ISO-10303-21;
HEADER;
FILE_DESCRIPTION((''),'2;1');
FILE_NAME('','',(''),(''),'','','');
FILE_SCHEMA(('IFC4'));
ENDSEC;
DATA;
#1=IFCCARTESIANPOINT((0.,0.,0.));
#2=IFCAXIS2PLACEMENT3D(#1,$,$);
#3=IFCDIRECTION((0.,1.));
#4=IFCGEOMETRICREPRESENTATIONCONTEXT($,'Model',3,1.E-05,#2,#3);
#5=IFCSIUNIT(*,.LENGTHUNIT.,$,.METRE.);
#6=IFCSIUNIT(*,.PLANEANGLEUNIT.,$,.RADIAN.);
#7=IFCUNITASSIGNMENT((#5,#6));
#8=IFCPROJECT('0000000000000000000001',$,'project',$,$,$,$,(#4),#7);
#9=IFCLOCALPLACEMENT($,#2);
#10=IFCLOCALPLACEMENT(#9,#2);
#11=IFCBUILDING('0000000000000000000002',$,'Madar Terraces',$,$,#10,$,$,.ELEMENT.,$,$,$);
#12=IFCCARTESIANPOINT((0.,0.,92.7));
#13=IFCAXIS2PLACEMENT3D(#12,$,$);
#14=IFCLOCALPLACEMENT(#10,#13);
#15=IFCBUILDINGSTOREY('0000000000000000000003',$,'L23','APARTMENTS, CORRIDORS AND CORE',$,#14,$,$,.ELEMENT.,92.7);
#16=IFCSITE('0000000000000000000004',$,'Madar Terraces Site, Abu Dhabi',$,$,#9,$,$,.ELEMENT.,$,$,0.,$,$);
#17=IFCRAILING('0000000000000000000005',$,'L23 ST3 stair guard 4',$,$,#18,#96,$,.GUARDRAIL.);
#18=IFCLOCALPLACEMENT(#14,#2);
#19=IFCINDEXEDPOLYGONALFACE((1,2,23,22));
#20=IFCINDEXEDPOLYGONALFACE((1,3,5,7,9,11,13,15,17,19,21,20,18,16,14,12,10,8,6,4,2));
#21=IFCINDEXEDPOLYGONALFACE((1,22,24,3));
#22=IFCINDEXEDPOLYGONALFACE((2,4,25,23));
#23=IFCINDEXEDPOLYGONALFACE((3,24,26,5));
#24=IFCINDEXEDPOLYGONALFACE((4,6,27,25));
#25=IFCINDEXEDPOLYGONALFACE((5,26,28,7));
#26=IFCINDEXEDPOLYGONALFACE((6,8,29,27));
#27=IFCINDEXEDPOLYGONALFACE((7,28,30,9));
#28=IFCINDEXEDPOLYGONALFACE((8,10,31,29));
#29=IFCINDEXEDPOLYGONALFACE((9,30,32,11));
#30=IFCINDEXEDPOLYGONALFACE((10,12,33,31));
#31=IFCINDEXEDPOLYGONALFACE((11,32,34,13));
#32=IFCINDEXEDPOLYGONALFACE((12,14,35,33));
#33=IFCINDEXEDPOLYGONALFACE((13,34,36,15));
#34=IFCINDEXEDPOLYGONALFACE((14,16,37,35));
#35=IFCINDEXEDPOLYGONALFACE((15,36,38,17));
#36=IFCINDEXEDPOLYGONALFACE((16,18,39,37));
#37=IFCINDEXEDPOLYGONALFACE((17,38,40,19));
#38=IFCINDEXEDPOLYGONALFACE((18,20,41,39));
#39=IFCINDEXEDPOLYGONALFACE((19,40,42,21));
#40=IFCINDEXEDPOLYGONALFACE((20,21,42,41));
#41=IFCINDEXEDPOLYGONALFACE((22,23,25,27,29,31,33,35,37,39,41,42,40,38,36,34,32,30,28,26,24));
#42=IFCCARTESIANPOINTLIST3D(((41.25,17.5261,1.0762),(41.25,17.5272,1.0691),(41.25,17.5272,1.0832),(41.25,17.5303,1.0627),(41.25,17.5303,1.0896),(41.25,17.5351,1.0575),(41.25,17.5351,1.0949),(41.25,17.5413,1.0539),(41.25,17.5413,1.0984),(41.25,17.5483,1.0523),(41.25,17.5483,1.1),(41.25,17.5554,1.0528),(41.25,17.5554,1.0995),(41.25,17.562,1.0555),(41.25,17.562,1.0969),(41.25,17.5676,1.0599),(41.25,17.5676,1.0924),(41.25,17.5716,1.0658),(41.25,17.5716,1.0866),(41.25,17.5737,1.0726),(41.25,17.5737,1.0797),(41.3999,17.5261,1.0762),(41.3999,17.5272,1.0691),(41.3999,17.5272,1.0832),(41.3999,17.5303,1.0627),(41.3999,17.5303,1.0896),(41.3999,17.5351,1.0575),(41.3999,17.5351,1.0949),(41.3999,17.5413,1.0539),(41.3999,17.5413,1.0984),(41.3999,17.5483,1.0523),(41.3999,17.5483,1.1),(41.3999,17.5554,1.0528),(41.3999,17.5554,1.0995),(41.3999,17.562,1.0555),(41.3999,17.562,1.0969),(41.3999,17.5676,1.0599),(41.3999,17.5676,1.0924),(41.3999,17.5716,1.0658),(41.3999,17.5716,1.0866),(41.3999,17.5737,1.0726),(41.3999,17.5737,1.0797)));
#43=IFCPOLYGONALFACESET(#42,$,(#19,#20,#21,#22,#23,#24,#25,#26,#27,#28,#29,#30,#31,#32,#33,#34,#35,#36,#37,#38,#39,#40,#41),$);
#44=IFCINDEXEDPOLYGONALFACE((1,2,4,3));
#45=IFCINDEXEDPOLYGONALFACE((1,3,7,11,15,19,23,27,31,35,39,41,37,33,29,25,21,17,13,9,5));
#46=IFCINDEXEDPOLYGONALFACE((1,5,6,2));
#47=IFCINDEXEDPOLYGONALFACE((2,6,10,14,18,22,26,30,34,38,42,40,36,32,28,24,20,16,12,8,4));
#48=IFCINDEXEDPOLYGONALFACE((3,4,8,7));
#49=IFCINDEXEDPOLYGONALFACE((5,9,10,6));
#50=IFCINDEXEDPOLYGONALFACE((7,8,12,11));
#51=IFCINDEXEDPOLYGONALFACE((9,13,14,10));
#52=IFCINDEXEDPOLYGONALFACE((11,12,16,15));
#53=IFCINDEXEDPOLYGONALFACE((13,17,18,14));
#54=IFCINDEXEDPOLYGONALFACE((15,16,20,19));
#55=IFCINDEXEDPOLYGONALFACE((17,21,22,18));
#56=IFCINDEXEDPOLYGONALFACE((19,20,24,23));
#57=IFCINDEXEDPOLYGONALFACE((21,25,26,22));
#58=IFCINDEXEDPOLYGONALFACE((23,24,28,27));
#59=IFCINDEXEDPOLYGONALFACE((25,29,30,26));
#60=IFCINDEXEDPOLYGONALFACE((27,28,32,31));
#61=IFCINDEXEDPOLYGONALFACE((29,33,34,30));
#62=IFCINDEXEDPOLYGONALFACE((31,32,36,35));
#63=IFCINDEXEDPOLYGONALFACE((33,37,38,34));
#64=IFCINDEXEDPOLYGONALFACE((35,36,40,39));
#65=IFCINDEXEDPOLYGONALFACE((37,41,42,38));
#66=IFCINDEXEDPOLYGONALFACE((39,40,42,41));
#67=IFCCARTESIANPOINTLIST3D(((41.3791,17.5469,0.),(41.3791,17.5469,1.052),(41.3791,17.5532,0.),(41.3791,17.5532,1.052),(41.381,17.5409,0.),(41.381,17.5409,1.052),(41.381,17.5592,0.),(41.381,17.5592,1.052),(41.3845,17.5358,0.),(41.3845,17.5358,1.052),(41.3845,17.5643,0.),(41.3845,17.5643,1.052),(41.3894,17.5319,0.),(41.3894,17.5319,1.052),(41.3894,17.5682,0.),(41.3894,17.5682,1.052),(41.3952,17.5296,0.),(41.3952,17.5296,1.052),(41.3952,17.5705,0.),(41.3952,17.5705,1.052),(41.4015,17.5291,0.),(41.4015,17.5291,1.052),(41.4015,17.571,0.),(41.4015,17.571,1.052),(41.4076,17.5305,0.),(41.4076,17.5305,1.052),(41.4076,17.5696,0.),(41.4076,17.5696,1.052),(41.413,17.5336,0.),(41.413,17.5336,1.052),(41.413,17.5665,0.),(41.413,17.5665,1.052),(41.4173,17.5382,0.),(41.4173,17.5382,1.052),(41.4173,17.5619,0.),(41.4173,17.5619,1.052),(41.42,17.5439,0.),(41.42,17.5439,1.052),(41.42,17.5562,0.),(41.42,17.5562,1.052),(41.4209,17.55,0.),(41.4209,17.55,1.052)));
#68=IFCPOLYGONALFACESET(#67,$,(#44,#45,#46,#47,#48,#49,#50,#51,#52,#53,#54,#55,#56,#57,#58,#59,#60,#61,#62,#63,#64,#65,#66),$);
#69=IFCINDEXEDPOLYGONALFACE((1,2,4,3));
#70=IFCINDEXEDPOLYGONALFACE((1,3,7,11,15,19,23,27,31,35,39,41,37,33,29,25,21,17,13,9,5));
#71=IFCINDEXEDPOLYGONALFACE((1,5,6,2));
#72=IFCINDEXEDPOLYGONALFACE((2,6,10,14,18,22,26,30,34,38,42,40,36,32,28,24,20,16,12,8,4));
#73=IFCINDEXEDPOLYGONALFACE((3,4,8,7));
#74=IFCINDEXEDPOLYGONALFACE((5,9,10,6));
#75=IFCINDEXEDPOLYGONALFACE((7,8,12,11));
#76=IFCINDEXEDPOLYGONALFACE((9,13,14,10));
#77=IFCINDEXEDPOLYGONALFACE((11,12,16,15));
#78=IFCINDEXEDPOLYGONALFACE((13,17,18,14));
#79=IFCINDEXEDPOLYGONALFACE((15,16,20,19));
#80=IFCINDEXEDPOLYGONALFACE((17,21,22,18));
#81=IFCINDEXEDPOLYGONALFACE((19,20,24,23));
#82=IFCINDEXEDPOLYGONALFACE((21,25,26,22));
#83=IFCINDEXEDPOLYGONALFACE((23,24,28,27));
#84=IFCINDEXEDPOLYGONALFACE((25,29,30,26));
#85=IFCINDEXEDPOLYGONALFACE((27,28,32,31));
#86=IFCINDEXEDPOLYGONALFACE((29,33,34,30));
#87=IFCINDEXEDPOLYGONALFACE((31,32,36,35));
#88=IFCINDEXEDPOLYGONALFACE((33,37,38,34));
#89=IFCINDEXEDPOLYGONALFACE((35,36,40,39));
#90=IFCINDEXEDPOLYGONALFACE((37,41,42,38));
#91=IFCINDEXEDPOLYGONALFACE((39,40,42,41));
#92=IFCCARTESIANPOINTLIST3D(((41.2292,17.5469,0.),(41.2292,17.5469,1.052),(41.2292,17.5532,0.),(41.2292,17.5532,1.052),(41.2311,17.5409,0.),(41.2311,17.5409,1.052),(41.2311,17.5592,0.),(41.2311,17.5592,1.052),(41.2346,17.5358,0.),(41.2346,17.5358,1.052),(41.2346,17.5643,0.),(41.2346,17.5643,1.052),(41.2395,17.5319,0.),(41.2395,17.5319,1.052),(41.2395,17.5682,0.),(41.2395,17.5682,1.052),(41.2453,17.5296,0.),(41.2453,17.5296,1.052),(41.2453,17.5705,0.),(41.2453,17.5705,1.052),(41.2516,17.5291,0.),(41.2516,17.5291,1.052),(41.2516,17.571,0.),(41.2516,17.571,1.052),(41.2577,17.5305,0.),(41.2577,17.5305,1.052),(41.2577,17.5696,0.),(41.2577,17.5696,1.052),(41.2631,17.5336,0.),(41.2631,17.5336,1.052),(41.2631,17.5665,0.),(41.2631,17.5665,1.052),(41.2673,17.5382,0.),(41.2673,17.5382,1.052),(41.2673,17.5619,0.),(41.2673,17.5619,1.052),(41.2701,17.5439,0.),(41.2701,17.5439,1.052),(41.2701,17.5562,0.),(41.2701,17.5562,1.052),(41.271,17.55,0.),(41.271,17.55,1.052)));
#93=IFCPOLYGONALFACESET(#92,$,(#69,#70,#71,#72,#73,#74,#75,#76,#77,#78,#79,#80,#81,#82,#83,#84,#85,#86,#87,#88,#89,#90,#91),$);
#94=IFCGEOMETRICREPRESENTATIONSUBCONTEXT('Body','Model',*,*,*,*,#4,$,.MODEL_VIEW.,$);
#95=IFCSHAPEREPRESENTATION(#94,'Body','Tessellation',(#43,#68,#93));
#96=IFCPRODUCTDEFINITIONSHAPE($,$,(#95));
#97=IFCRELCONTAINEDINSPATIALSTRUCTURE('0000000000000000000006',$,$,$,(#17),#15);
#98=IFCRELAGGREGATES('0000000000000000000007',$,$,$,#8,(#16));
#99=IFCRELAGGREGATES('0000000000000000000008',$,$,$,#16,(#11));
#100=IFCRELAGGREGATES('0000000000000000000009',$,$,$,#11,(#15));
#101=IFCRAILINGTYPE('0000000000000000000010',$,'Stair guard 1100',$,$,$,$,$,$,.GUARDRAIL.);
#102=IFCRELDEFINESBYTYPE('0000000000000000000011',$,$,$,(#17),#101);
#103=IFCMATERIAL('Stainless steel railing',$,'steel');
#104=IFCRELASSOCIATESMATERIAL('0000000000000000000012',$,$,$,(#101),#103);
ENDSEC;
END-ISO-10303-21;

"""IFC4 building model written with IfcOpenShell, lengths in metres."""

from ifc_helpers import new_model, si_unit, direction, frame, origin, origin_2d, place, context, subcontext, project, spatial, circle, extrude, material, type_object, element, save


model = new_model("IFC4")

# Units and contexts
model_context = context("Model", 3, precision=1e-05, world=origin(), true_north=direction((0.0, 1.0)))
body_context = subcontext(model_context, "Body", "Model", "MODEL_VIEW")
ifc_project = project(units=[si_unit("LENGTHUNIT", "METRE"), si_unit("PLANEANGLEUNIT", "RADIAN")], contexts=[model_context])

# Site, building, storey
site_placement = place(None, origin())
site = spatial("IfcSite", under=ifc_project, at=site_placement, Name="Madar Terraces Site, Abu Dhabi", CompositionType="ELEMENT", RefElevation=0.0)
building_placement = place(site_placement, origin())
building = spatial("IfcBuilding", under=site, at=building_placement, Name="Madar Terraces", CompositionType="ELEMENT")
storey_placement = place(building_placement, frame((0.0, 0.0, 92.7)))
storey = spatial("IfcBuildingStorey", under=building, at=storey_placement, Name="L23", Description="APARTMENTS, CORRIDORS AND CORE", CompositionType="ELEMENT", Elevation=92.7)

# Railing
ifc_material_1 = material(Name="Stainless steel railing", Category="steel")
railing_type_1 = type_object("IfcRailingType", Name="Stair guard 1100", PredefinedType="GUARDRAIL", material=ifc_material_1)
railing_1_placement = place(storey_placement, frame((41.3999, 17.55, 0.0)))
element("IfcRailing", 1, at=railing_1_placement, inside=storey, type_object=railing_type_1, Name="L23 ST3 stair guard 4", PredefinedType="GUARDRAIL", context=body_context, shape_type="SweptSolid", body=[
    extrude(circle(Radius=0.0239, at=origin_2d()), frame((0.0, 0.0, 1.0762), z_axis=(-1.0, 0.0, 0.0), x_axis=(0.0, -1.0, 0.0)), (0.0, 0.0, 1.0), 0.1499),
    extrude(circle(Radius=0.021, at=origin_2d()), origin(), (0.0, 0.0, 1.0), 1.052),
    extrude(circle(Radius=0.021, at=origin_2d()), frame((-0.1499, 0.0, 0.0)), (0.0, 0.0, 1.0), 1.052),
])

save(model, "model.ifc")
